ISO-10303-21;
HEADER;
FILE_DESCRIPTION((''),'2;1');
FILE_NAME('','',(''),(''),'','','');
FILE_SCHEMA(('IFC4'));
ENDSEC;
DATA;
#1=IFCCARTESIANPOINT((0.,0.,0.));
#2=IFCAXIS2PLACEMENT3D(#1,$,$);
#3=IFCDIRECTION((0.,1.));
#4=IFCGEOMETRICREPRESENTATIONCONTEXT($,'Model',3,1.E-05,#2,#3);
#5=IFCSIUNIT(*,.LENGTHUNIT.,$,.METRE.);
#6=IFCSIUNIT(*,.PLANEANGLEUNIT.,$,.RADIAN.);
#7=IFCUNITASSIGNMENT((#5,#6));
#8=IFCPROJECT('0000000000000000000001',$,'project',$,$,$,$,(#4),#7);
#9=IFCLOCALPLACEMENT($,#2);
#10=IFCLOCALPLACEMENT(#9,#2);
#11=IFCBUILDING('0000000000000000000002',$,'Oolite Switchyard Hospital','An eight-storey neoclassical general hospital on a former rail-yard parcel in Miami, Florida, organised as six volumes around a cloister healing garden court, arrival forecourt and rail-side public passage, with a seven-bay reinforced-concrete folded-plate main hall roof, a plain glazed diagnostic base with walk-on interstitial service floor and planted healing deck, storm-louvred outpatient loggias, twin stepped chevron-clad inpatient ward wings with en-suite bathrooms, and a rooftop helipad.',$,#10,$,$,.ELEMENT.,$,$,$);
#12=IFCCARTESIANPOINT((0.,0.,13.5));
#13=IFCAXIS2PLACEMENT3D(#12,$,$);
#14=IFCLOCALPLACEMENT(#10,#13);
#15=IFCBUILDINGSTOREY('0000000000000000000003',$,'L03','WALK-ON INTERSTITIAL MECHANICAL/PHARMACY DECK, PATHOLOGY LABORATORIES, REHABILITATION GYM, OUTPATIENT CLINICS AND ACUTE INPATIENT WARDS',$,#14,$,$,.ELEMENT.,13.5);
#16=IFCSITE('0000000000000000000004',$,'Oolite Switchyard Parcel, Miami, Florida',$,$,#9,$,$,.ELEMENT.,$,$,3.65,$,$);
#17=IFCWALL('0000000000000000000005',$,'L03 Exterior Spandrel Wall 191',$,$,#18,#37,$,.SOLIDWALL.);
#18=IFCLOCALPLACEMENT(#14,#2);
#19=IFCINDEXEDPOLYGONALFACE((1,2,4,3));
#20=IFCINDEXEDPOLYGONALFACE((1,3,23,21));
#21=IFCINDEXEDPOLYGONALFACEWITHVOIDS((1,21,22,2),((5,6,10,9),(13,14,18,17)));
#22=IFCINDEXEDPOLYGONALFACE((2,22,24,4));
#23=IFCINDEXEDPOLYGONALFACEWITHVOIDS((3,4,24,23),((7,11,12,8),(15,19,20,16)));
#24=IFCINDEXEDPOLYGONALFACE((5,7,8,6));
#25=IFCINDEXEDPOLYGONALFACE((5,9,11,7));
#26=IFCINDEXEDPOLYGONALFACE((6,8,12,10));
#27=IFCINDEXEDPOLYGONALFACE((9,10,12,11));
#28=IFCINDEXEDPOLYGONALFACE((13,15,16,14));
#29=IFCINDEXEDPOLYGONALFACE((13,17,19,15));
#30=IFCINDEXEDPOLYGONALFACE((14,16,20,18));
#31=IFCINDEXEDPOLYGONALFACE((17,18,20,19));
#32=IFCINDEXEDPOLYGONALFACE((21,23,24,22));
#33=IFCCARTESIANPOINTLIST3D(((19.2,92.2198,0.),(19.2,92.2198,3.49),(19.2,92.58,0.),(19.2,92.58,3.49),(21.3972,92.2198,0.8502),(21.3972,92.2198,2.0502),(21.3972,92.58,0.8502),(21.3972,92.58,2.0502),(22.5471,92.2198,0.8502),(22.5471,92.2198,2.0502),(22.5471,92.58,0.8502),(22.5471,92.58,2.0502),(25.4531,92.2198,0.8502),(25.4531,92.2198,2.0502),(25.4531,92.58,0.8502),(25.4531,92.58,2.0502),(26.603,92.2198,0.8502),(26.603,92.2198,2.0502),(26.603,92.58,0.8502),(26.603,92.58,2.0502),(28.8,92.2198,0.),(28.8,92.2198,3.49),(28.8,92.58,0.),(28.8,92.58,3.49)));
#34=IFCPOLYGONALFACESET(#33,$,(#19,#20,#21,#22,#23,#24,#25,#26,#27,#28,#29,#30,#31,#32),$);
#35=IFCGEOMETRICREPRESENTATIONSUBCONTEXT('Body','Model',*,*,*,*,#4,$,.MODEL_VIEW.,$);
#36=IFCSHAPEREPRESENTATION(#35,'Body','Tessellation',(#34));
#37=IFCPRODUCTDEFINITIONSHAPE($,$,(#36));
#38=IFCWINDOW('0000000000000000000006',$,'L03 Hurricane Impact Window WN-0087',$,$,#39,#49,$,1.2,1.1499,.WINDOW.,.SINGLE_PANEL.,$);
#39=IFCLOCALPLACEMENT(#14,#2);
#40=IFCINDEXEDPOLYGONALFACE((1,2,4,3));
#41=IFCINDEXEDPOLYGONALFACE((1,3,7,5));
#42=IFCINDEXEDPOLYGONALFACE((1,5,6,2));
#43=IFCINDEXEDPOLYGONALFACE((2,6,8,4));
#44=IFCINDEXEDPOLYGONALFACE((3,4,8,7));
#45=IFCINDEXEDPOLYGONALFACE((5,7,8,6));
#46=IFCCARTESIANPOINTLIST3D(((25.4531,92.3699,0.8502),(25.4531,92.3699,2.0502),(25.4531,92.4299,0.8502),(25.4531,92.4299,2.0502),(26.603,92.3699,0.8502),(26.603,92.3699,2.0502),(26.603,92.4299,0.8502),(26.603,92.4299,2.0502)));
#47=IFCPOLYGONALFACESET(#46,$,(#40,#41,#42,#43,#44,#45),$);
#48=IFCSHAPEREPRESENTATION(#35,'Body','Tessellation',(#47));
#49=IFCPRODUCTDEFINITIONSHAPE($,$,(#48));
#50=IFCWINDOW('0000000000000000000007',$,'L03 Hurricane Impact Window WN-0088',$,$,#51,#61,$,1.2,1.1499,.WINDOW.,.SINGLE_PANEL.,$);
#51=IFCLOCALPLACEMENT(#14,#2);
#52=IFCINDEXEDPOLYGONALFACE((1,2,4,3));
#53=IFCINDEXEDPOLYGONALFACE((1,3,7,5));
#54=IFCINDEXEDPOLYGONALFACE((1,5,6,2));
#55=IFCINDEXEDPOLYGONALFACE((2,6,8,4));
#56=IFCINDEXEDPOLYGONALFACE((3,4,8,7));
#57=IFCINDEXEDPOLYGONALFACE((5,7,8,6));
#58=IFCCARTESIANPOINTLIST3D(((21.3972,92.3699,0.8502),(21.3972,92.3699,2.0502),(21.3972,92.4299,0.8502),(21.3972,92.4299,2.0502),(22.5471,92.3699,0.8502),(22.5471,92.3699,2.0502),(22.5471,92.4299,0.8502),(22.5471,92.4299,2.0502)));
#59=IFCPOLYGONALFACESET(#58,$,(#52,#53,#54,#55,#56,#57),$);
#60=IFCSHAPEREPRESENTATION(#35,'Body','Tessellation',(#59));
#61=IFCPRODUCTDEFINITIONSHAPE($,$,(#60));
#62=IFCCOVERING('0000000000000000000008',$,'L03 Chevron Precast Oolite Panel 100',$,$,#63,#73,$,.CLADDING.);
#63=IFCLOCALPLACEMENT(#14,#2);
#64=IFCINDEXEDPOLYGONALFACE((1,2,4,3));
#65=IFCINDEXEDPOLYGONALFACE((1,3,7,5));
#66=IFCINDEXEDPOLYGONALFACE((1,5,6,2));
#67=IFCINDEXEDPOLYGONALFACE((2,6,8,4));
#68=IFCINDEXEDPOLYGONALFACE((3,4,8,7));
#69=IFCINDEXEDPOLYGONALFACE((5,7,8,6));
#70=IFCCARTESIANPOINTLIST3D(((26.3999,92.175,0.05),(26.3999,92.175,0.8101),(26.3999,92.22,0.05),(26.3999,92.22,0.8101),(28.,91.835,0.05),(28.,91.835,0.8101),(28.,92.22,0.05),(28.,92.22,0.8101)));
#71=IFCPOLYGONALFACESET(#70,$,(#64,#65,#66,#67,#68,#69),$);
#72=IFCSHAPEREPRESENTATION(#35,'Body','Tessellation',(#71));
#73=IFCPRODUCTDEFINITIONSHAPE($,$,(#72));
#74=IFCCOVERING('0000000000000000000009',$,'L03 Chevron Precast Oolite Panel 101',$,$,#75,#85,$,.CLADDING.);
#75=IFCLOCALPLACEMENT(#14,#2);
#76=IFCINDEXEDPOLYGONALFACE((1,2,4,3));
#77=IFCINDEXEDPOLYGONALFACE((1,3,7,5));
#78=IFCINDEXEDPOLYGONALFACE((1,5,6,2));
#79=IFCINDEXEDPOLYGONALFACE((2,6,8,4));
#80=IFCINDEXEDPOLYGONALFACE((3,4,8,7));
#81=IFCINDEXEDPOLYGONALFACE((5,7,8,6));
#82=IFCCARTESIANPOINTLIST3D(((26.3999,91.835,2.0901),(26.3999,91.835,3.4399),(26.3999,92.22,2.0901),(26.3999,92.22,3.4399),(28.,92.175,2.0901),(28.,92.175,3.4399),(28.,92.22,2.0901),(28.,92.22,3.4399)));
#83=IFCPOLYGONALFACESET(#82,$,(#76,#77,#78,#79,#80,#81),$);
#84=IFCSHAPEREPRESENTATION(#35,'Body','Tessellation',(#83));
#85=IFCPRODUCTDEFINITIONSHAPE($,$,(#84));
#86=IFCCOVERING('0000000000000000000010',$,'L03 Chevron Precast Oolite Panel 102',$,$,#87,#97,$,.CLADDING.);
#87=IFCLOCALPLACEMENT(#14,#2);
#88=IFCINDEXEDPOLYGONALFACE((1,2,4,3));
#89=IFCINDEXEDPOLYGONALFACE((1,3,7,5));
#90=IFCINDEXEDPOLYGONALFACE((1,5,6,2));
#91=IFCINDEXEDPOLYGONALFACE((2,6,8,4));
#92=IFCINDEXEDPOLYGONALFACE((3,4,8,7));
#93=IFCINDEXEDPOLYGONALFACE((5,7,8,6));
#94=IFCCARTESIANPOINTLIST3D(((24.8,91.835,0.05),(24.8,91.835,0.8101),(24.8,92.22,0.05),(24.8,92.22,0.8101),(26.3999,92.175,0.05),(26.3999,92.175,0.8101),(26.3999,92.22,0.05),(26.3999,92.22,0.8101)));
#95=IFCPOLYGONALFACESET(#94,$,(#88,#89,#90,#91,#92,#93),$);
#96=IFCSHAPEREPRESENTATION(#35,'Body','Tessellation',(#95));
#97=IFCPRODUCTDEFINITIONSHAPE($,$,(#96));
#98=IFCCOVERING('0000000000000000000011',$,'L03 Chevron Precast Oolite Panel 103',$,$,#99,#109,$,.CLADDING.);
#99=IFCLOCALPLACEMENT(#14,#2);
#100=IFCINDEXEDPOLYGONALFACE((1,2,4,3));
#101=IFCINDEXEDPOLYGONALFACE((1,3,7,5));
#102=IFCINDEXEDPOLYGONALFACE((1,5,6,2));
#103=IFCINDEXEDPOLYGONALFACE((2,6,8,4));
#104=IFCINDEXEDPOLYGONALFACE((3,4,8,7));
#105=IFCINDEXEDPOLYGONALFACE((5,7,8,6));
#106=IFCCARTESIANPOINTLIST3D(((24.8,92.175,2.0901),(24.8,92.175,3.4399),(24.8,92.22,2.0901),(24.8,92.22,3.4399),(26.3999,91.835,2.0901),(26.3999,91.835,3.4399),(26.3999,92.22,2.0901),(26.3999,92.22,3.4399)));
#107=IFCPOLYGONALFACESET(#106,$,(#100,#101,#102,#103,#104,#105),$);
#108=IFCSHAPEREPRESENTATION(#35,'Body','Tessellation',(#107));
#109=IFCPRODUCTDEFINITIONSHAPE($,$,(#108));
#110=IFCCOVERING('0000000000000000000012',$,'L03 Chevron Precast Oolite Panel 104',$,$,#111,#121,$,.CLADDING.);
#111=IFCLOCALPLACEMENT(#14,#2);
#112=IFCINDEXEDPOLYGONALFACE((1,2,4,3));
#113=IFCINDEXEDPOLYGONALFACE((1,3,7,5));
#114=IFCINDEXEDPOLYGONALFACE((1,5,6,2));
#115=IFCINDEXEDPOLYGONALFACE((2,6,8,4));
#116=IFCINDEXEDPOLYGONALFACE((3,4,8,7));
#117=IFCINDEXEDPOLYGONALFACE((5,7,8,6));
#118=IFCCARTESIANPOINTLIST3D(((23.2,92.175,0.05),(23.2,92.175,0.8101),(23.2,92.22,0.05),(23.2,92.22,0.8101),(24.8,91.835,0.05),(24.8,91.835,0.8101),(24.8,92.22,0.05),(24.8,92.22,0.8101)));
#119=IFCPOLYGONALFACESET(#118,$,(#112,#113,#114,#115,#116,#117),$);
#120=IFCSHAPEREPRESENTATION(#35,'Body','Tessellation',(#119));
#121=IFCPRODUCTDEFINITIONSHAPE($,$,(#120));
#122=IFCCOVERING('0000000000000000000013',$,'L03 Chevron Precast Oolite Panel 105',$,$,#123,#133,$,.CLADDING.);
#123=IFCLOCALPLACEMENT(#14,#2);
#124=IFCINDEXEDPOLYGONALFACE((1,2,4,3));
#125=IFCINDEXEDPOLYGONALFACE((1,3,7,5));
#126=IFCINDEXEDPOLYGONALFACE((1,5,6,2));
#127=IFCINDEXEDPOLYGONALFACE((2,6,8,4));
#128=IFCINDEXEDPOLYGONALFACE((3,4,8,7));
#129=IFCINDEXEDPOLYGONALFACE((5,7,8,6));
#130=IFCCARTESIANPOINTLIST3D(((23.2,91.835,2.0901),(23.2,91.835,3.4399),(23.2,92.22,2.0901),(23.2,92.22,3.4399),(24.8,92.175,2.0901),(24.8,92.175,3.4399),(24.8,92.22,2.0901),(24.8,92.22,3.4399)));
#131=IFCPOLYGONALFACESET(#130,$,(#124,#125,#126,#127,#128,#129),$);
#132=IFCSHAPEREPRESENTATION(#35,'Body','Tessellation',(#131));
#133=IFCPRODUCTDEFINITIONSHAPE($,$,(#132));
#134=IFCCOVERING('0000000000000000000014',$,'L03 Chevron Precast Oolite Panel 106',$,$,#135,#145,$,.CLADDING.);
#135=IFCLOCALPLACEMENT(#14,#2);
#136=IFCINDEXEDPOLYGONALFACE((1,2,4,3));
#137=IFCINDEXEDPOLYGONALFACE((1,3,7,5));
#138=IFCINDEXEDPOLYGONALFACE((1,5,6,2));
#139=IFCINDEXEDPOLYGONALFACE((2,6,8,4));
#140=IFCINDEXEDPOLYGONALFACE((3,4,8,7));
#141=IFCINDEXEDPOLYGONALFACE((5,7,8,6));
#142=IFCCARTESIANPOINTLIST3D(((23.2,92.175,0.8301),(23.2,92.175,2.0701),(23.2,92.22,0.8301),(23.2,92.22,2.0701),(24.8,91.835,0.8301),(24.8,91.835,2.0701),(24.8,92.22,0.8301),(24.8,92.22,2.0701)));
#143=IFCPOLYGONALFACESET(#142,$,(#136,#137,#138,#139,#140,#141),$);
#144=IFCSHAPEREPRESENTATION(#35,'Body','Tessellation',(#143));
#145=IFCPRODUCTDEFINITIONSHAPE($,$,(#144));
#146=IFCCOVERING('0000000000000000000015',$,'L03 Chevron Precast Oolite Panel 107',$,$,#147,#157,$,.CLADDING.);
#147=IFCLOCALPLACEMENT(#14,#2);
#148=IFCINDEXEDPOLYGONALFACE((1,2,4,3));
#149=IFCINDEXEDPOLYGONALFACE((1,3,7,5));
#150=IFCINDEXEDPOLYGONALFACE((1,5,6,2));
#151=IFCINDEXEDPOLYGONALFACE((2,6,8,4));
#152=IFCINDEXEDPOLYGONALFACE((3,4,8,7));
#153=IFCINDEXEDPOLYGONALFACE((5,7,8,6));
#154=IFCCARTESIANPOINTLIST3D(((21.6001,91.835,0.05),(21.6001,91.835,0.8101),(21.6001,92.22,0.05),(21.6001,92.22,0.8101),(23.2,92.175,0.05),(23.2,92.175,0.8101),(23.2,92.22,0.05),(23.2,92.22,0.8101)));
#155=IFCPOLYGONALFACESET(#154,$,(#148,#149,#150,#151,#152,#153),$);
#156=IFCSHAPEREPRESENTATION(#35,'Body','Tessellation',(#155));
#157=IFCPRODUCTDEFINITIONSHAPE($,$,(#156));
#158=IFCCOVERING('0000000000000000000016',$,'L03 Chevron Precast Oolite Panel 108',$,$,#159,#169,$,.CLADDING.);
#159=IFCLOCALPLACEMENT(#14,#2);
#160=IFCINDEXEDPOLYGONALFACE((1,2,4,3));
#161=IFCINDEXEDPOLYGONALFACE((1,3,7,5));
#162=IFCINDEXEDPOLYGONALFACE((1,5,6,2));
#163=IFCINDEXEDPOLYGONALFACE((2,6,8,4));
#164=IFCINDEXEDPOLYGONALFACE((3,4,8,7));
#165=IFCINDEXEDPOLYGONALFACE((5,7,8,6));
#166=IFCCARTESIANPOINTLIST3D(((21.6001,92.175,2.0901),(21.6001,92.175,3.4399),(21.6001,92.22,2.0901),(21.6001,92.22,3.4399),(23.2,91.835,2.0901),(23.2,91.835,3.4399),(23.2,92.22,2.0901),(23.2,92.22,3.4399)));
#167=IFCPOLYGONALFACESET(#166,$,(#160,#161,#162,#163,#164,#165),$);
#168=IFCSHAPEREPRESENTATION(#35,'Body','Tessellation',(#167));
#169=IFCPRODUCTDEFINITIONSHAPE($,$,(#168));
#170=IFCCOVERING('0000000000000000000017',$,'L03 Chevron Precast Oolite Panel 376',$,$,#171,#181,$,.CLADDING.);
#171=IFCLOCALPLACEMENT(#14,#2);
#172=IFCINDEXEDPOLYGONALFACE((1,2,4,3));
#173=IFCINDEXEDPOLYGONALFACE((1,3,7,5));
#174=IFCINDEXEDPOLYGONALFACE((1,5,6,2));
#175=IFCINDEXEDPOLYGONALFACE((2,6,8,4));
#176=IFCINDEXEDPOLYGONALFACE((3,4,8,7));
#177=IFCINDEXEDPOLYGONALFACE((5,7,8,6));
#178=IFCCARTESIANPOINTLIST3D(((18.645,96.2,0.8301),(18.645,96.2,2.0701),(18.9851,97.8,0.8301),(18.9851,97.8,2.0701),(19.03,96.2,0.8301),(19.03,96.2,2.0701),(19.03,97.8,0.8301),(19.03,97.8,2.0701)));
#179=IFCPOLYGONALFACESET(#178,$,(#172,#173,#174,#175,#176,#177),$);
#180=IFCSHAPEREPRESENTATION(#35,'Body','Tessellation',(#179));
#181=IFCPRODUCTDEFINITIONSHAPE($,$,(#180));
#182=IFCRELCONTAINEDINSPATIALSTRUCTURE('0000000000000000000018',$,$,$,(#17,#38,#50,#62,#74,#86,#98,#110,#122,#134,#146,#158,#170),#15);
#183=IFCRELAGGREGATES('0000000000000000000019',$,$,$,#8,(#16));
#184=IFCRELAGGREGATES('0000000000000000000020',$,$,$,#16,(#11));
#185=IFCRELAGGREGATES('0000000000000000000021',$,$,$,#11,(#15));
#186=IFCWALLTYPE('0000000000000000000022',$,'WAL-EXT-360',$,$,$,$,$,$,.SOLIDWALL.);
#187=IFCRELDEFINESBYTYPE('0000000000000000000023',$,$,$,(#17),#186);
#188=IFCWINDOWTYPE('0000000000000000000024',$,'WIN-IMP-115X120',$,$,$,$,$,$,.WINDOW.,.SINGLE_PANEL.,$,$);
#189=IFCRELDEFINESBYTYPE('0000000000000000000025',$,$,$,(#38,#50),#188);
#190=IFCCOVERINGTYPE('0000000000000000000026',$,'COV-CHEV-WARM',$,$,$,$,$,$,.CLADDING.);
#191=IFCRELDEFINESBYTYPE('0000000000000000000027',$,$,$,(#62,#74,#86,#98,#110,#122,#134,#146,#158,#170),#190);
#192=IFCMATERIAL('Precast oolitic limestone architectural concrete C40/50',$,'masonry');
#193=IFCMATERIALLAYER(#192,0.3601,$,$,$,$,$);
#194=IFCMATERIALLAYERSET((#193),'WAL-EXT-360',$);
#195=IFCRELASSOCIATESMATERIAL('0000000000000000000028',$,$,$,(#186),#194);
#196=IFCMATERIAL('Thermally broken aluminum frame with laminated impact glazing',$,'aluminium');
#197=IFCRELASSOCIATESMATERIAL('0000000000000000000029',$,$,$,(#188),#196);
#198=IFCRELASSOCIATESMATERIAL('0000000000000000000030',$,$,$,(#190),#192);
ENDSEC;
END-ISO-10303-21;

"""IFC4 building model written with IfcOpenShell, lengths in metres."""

from ifc_helpers import new_model, si_unit, direction, frame, frame_2d, origin, place, context, subcontext, project, spatial, polyline, rectangle, outline, extrude, material, layer, layer_set, type_object, element, fill, save


model = new_model("IFC4")

# Units and contexts
model_context = context("Model", 3, precision=1e-05, world=origin(), true_north=direction((0.0, 1.0)))
body_context = subcontext(model_context, "Body", "Model", "MODEL_VIEW")
ifc_project = project(units=[si_unit("LENGTHUNIT", "METRE"), si_unit("PLANEANGLEUNIT", "RADIAN")], contexts=[model_context])

# Site, building, storey
site_placement = place(None, origin())
site = spatial("IfcSite", under=ifc_project, at=site_placement, Name="Oolite Switchyard Parcel, Miami, Florida", CompositionType="ELEMENT", RefElevation=3.65)
building_placement = place(site_placement, origin())
building = spatial("IfcBuilding", under=site, at=building_placement, Name="Oolite Switchyard Hospital", Description="An eight-storey neoclassical general hospital on a former rail-yard parcel in Miami, Florida, organised as six volumes around a cloister healing garden court, arrival forecourt and rail-side public passage, with a seven-bay reinforced-concrete folded-plate main hall roof, a plain glazed diagnostic base with walk-on interstitial service floor and planted healing deck, storm-louvred outpatient loggias, twin stepped chevron-clad inpatient ward wings with en-suite bathrooms, and a rooftop helipad.", CompositionType="ELEMENT")
storey_placement = place(building_placement, frame((0.0, 0.0, 13.5)))
storey = spatial("IfcBuildingStorey", under=building, at=storey_placement, Name="L03", Description="WALK-ON INTERSTITIAL MECHANICAL/PHARMACY DECK, PATHOLOGY LABORATORIES, REHABILITATION GYM, OUTPATIENT CLINICS AND ACUTE INPATIENT WARDS", CompositionType="ELEMENT", Elevation=13.5)

# Shared definitions
ifc_material_1 = material(Name="Precast oolitic limestone architectural concrete C40/50", Category="masonry")

# Wall, openings, windows
ifc_layer_1 = layer(ifc_material_1, 0.3601)
ifc_layer_set_1 = layer_set([ifc_layer_1], Name="WAL-EXT-360")
wall_type_1 = type_object("IfcWallType", Name="WAL-EXT-360", PredefinedType="SOLIDWALL", material=ifc_layer_set_1)
wall_1_placement = place(storey_placement, frame((28.8, 92.3999, 0.0), z_axis=(0.0, 0.0, 1.0), x_axis=(-1.0, 0.0, 0.0)))
wall_1 = element("IfcWall", 1, at=wall_1_placement, inside=storey, type_object=wall_type_1, Name="L03 Exterior Spandrel Wall 191", PredefinedType="SOLIDWALL", context=body_context, shape_type="SweptSolid", body=[
    extrude(rectangle(XDim=9.6001, YDim=0.3601, at=frame_2d((4.8, 0.0))), origin(), (0.0, 0.0, 1.0), 3.49),
])
opening_1_placement = place(wall_1_placement, frame((2.197, 0.0, 0.8501)))
opening_1 = element("IfcOpeningElement", 2, at=opening_1_placement, cuts=wall_1, PredefinedType="OPENING", context=body_context, shape_type="SweptSolid", body=[
    extrude(rectangle(XDim=1.1499, YDim=1.2, at=frame_2d((0.575, 0.6001))), frame((0.0, 0.1899, 0.0), z_axis=(0.0, -1.0, 0.0), x_axis=(1.0, 0.0, 0.0)), (0.0, 0.0, 1.0), 0.3801),
])
opening_2_placement = place(wall_1_placement, frame((6.2529, 0.0, 0.8501)))
opening_2 = element("IfcOpeningElement", 3, at=opening_2_placement, cuts=wall_1, PredefinedType="OPENING", context=body_context, shape_type="SweptSolid", body=[
    extrude(rectangle(XDim=1.1499, YDim=1.2, at=frame_2d((0.575, 0.6001))), frame((0.0, 0.1899, 0.0), z_axis=(0.0, -1.0, 0.0), x_axis=(1.0, 0.0, 0.0)), (0.0, 0.0, 1.0), 0.3801),
])
ifc_material_2 = material(Name="Thermally broken aluminum frame with laminated impact glazing", Category="aluminium")
window_type = type_object("IfcWindowType", Name="WIN-IMP-115X120", PartitioningType="SINGLE_PANEL", PredefinedType="WINDOW", material=ifc_material_2)
window_1_placement = place(opening_1_placement, origin())
window_1 = element("IfcWindow", 4, at=window_1_placement, inside=storey, type_object=window_type, Name="L03 Hurricane Impact Window WN-0087", OverallHeight=1.2, OverallWidth=1.1499, PartitioningType="SINGLE_PANEL", PredefinedType="WINDOW", context=body_context, shape_type="SweptSolid", body=[
    extrude(rectangle(XDim=1.1499, YDim=1.2, at=frame_2d((0.575, 0.6001))), frame((0.0, 0.03, 0.0), z_axis=(0.0, -1.0, 0.0), x_axis=(1.0, 0.0, 0.0)), (0.0, 0.0, 1.0), 0.0601),
])
fill(opening_1, window_1)
window_2_placement = place(opening_2_placement, origin())
window_2 = element("IfcWindow", 5, at=window_2_placement, inside=storey, type_object=window_type, Name="L03 Hurricane Impact Window WN-0088", OverallHeight=1.2, OverallWidth=1.1499, PartitioningType="SINGLE_PANEL", PredefinedType="WINDOW", context=body_context, shape_type="SweptSolid", body=[
    extrude(rectangle(XDim=1.1499, YDim=1.2, at=frame_2d((0.575, 0.6001))), frame((0.0, 0.03, 0.0), z_axis=(0.0, -1.0, 0.0), x_axis=(1.0, 0.0, 0.0)), (0.0, 0.0, 1.0), 0.0601),
])
fill(opening_2, window_2)

# Coverings
covering_type = type_object("IfcCoveringType", Name="COV-CHEV-WARM", PredefinedType="CLADDING", material=ifc_material_1)
covering_1_placement = place(storey_placement, frame((28.0, 92.22, 0.05), z_axis=(0.0, 0.0, 1.0), x_axis=(-1.0, 0.0, 0.0)))
element("IfcCovering", 6, at=covering_1_placement, inside=storey, type_object=covering_type, Name="L03 Chevron Precast Oolite Panel 100", PredefinedType="CLADDING", context=body_context, shape_type="SweptSolid", body=[
    extrude(outline(polyline([(0.0, 0.0), (1.6001, 0.0), (1.6001, 0.0449), (0.0, 0.385), (0.0, 0.0)])), origin(), (0.0, 0.0, 1.0), 0.76),
])
covering_2_placement = place(storey_placement, frame((28.0, 92.22, 2.0901), z_axis=(0.0, 0.0, 1.0), x_axis=(-1.0, 0.0, 0.0)))
element("IfcCovering", 7, at=covering_2_placement, inside=storey, type_object=covering_type, Name="L03 Chevron Precast Oolite Panel 101", PredefinedType="CLADDING", context=body_context, shape_type="SweptSolid", body=[
    extrude(outline(polyline([(0.0, 0.0), (1.6001, 0.0), (1.6001, 0.385), (0.0, 0.0449), (0.0, 0.0)])), origin(), (0.0, 0.0, 1.0), 1.3499),
])
covering_3_placement = place(storey_placement, frame((26.3999, 92.22, 0.05), z_axis=(0.0, 0.0, 1.0), x_axis=(-1.0, 0.0, 0.0)))
element("IfcCovering", 8, at=covering_3_placement, inside=storey, type_object=covering_type, Name="L03 Chevron Precast Oolite Panel 102", PredefinedType="CLADDING", context=body_context, shape_type="SweptSolid", body=[
    extrude(outline(polyline([(0.0, 0.0), (1.5999, 0.0), (1.5999, 0.385), (0.0, 0.0449), (0.0, 0.0)])), origin(), (0.0, 0.0, 1.0), 0.76),
])
covering_4_placement = place(storey_placement, frame((26.3999, 92.22, 2.0901), z_axis=(0.0, 0.0, 1.0), x_axis=(-1.0, 0.0, 0.0)))
element("IfcCovering", 9, at=covering_4_placement, inside=storey, type_object=covering_type, Name="L03 Chevron Precast Oolite Panel 103", PredefinedType="CLADDING", context=body_context, shape_type="SweptSolid", body=[
    extrude(outline(polyline([(0.0, 0.0), (1.5999, 0.0), (1.5999, 0.0449), (0.0, 0.385), (0.0, 0.0)])), origin(), (0.0, 0.0, 1.0), 1.3499),
])
covering_5_placement = place(storey_placement, frame((24.8, 92.22, 0.05), z_axis=(0.0, 0.0, 1.0), x_axis=(-1.0, 0.0, 0.0)))
element("IfcCovering", 10, at=covering_5_placement, inside=storey, type_object=covering_type, Name="L03 Chevron Precast Oolite Panel 104", PredefinedType="CLADDING", context=body_context, shape_type="SweptSolid", body=[
    extrude(outline(polyline([(0.0, 0.0), (1.6001, 0.0), (1.6001, 0.0449), (0.0, 0.385), (0.0, 0.0)])), origin(), (0.0, 0.0, 1.0), 0.76),
])
covering_6_placement = place(storey_placement, frame((24.8, 92.22, 2.0901), z_axis=(0.0, 0.0, 1.0), x_axis=(-1.0, 0.0, 0.0)))
element("IfcCovering", 11, at=covering_6_placement, inside=storey, type_object=covering_type, Name="L03 Chevron Precast Oolite Panel 105", PredefinedType="CLADDING", context=body_context, shape_type="SweptSolid", body=[
    extrude(outline(polyline([(0.0, 0.0), (1.6001, 0.0), (1.6001, 0.385), (0.0, 0.0449), (0.0, 0.0)])), origin(), (0.0, 0.0, 1.0), 1.3499),
])
covering_7_placement = place(storey_placement, frame((24.8, 92.22, 0.8301), z_axis=(0.0, 0.0, 1.0), x_axis=(-1.0, 0.0, 0.0)))
element("IfcCovering", 12, at=covering_7_placement, inside=storey, type_object=covering_type, Name="L03 Chevron Precast Oolite Panel 106", PredefinedType="CLADDING", context=body_context, shape_type="SweptSolid", body=[
    extrude(outline(polyline([(0.0, 0.0), (1.6001, 0.0), (1.6001, 0.0449), (0.0, 0.385), (0.0, 0.0)])), origin(), (0.0, 0.0, 1.0), 1.24),
])
covering_8_placement = place(storey_placement, frame((23.2, 92.22, 0.05), z_axis=(0.0, 0.0, 1.0), x_axis=(-1.0, 0.0, 0.0)))
element("IfcCovering", 13, at=covering_8_placement, inside=storey, type_object=covering_type, Name="L03 Chevron Precast Oolite Panel 107", PredefinedType="CLADDING", context=body_context, shape_type="SweptSolid", body=[
    extrude(outline(polyline([(0.0, 0.0), (1.5999, 0.0), (1.5999, 0.385), (0.0, 0.0449), (0.0, 0.0)])), origin(), (0.0, 0.0, 1.0), 0.76),
])
covering_9_placement = place(storey_placement, frame((23.2, 92.22, 2.0901), z_axis=(0.0, 0.0, 1.0), x_axis=(-1.0, 0.0, 0.0)))
element("IfcCovering", 14, at=covering_9_placement, inside=storey, type_object=covering_type, Name="L03 Chevron Precast Oolite Panel 108", PredefinedType="CLADDING", context=body_context, shape_type="SweptSolid", body=[
    extrude(outline(polyline([(0.0, 0.0), (1.5999, 0.0), (1.5999, 0.0449), (0.0, 0.385), (0.0, 0.0)])), origin(), (0.0, 0.0, 1.0), 1.3499),
])
covering_10_placement = place(storey_placement, frame((19.03, 96.2, 0.8301), z_axis=(0.0, 0.0, 1.0), x_axis=(0.0, 1.0, 0.0)))
element("IfcCovering", 15, at=covering_10_placement, inside=storey, type_object=covering_type, Name="L03 Chevron Precast Oolite Panel 376", PredefinedType="CLADDING", context=body_context, shape_type="SweptSolid", body=[
    extrude(outline(polyline([(0.0, 0.0), (1.6001, 0.0), (1.6001, 0.0449), (0.0, 0.385), (0.0, 0.0)])), origin(), (0.0, 0.0, 1.0), 1.24),
])

save(model, "model.ifc")
